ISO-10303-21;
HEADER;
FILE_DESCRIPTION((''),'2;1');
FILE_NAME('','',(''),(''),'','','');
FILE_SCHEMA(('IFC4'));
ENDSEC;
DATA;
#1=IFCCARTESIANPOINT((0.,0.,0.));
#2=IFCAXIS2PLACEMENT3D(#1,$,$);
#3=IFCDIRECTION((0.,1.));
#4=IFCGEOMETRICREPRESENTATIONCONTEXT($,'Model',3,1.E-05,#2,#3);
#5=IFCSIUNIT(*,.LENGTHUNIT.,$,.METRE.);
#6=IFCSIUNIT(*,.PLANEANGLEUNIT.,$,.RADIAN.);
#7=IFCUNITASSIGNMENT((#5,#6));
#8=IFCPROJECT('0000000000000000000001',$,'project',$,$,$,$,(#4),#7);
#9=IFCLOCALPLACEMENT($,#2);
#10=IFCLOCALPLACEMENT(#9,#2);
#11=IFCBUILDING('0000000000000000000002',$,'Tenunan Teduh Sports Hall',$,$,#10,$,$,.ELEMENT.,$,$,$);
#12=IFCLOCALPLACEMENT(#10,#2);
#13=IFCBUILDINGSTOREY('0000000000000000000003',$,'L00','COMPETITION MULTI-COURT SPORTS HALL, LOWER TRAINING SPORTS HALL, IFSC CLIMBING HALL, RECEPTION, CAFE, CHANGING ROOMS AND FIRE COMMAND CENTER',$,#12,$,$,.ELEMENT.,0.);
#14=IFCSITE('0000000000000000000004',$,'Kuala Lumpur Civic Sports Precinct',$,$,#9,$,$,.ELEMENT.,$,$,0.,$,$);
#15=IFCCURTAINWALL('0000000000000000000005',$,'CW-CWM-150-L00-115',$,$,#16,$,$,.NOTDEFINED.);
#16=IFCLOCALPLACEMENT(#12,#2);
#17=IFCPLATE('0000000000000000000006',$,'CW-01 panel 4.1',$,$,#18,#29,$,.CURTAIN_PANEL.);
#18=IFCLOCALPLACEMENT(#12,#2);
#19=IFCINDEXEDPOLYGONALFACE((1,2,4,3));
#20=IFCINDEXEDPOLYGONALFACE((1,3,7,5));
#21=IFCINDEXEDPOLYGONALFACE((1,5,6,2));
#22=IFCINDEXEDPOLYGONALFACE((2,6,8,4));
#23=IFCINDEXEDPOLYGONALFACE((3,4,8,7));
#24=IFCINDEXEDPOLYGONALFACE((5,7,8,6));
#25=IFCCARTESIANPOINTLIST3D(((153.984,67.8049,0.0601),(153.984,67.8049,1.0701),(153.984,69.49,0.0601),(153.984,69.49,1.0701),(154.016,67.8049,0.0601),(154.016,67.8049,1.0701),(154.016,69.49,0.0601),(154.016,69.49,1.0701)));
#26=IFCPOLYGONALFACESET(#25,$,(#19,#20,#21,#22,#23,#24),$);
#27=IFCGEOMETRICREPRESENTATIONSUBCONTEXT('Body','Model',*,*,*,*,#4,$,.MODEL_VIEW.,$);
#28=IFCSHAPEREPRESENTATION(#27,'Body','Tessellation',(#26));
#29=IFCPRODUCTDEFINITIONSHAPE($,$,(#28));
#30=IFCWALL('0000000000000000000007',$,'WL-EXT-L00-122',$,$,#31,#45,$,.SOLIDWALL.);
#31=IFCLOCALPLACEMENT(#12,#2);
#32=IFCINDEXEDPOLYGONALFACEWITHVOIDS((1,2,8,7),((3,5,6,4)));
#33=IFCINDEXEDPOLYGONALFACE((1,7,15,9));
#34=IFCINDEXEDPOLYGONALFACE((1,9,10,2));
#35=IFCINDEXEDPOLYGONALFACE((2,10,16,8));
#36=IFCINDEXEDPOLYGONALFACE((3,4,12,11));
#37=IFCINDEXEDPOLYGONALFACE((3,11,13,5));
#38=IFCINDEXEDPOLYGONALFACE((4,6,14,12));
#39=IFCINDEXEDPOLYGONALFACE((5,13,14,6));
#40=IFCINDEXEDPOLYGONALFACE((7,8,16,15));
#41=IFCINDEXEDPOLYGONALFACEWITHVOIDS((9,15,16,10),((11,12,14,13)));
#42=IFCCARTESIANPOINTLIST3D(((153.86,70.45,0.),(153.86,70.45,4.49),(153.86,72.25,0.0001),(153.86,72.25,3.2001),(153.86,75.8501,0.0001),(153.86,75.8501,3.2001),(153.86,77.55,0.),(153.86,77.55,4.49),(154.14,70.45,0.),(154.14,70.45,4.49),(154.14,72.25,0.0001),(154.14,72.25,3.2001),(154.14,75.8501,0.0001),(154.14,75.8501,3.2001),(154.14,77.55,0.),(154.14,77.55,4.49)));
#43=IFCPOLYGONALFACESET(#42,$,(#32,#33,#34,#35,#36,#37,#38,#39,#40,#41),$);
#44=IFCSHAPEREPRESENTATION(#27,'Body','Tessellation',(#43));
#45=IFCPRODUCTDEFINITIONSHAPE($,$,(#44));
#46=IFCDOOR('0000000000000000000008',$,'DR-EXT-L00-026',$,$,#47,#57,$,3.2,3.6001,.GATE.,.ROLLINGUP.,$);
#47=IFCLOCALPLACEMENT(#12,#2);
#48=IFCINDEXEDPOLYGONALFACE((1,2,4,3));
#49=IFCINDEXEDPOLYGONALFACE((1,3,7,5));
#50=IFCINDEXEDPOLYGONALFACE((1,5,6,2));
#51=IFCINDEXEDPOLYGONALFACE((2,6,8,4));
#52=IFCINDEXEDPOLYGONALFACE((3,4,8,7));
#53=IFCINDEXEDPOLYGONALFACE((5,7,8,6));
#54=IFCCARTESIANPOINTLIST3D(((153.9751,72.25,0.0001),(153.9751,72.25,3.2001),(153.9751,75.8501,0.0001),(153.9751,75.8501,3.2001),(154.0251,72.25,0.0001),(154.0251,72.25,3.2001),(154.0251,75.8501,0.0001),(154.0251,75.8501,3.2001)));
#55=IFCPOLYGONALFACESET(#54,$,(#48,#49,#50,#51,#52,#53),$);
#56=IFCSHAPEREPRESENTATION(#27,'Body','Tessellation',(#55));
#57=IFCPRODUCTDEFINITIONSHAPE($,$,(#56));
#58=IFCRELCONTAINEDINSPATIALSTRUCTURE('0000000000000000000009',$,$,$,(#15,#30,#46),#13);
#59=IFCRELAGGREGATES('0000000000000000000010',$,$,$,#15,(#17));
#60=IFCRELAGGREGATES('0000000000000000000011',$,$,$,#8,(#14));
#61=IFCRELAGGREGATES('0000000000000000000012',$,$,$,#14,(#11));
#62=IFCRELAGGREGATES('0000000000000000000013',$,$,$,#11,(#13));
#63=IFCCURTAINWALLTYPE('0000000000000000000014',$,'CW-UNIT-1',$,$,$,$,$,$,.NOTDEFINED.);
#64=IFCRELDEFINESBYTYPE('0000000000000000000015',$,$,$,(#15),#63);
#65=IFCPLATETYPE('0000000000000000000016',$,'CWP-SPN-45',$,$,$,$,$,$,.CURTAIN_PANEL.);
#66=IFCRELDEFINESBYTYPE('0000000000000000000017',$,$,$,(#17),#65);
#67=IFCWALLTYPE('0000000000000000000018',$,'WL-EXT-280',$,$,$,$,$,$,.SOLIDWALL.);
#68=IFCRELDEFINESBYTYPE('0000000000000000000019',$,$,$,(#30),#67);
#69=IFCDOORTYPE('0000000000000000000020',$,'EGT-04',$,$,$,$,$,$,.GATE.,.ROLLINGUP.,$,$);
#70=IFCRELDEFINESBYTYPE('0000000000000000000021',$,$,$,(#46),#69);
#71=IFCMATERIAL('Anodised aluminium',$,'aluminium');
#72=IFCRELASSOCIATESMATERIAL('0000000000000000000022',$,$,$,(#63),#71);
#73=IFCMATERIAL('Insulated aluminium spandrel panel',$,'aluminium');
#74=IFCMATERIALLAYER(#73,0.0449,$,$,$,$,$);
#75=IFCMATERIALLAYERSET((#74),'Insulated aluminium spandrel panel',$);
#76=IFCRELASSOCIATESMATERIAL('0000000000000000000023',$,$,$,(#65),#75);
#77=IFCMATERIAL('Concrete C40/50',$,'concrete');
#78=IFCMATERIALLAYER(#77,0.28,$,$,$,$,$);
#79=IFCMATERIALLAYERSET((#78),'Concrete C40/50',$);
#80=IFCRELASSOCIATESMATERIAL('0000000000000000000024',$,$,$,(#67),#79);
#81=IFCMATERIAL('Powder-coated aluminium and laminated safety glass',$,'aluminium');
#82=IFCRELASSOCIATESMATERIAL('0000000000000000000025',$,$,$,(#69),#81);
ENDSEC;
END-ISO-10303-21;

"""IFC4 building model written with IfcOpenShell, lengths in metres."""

from ifc_helpers import new_model, si_unit, direction, frame, frame_2d, origin, origin_2d, place, context, subcontext, project, spatial, rectangle, extrude, material, layer, layer_set, type_object, element, fill, aggregate, save


model = new_model("IFC4")

# Units and contexts
model_context = context("Model", 3, precision=1e-05, world=origin(), true_north=direction((0.0, 1.0)))
body_context = subcontext(model_context, "Body", "Model", "MODEL_VIEW")
ifc_project = project(units=[si_unit("LENGTHUNIT", "METRE"), si_unit("PLANEANGLEUNIT", "RADIAN")], contexts=[model_context])

# Site, building, storey
site_placement = place(None, origin())
site = spatial("IfcSite", under=ifc_project, at=site_placement, Name="Kuala Lumpur Civic Sports Precinct", CompositionType="ELEMENT", RefElevation=0.0)
building_placement = place(site_placement, origin())
building = spatial("IfcBuilding", under=site, at=building_placement, Name="Tenunan Teduh Sports Hall", CompositionType="ELEMENT")
storey_placement = place(building_placement, origin())
storey = spatial("IfcBuildingStorey", under=building, at=storey_placement, Name="L00", Description="COMPETITION MULTI-COURT SPORTS HALL, LOWER TRAINING SPORTS HALL, IFSC CLIMBING HALL, RECEPTION, CAFE, CHANGING ROOMS AND FIRE COMMAND CENTER", CompositionType="ELEMENT", Elevation=0.0)

# Curtain wall
ifc_material_1 = material(Name="Anodised aluminium", Category="aluminium")
curtain_wall_type = type_object("IfcCurtainWallType", Name="CW-UNIT-1", PredefinedType="NOTDEFINED", material=ifc_material_1)
curtain_wall_placement = place(storey_placement, origin())
curtain_wall = element("IfcCurtainWall", 1, at=curtain_wall_placement, inside=storey, type_object=curtain_wall_type, Name="CW-CWM-150-L00-115", PredefinedType="NOTDEFINED")

# Plate
ifc_material_2 = material(Name="Insulated aluminium spandrel panel", Category="aluminium")
ifc_layer_1 = layer(ifc_material_2, 0.0449)
ifc_layer_set_1 = layer_set([ifc_layer_1], Name="Insulated aluminium spandrel panel")
plate_type_1 = type_object("IfcPlateType", Name="CWP-SPN-45", PredefinedType="CURTAIN_PANEL", material=ifc_layer_set_1)
plate_1_placement = place(storey_placement, frame((154.0, 68.6475, 0.0601), z_axis=(0.0, 0.0, 1.0), x_axis=(0.0, 1.0, 0.0)))
plate_1 = element("IfcPlate", 2, at=plate_1_placement, type_object=plate_type_1, Name="CW-01 panel 4.1", PredefinedType="CURTAIN_PANEL", context=body_context, shape_type="SweptSolid", body=[
    extrude(rectangle(XDim=1.6851, YDim=0.032, at=origin_2d()), origin(), (0.0, 0.0, 1.0), 1.01),
])
aggregate(curtain_wall, [plate_1])

# Wall, opening, door
ifc_material_3 = material(Name="Concrete C40/50", Category="concrete")
ifc_layer_2 = layer(ifc_material_3, 0.28)
ifc_layer_set_2 = layer_set([ifc_layer_2], Name="Concrete C40/50")
wall_type = type_object("IfcWallType", Name="WL-EXT-280", PredefinedType="SOLIDWALL", material=ifc_layer_set_2)
wall_placement = place(storey_placement, frame((154.0, 70.45, 0.0), z_axis=(0.0, 0.0, 1.0), x_axis=(0.0, 1.0, 0.0)))
wall = element("IfcWall", 3, at=wall_placement, inside=storey, type_object=wall_type, Name="WL-EXT-L00-122", PredefinedType="SOLIDWALL", context=body_context, shape_type="SweptSolid", body=[
    extrude(rectangle(XDim=7.1001, YDim=0.28, at=frame_2d((3.55, 0.0))), origin(), (0.0, 0.0, 1.0), 4.49),
])
opening_placement = place(wall_placement, frame((1.8, 0.0, 0.0)))
opening = element("IfcOpeningElement", 4, at=opening_placement, cuts=wall, PredefinedType="OPENING", context=body_context, shape_type="SweptSolid", body=[
    extrude(rectangle(XDim=3.6001, YDim=3.2, at=frame_2d((1.8, 1.6001))), frame((0.0, 0.1499, 0.0), z_axis=(0.0, -1.0, 0.0), x_axis=(1.0, 0.0, 0.0)), (0.0, 0.0, 1.0), 0.3),
])
ifc_material_4 = material(Name="Powder-coated aluminium and laminated safety glass", Category="aluminium")
door_type = type_object("IfcDoorType", Name="EGT-04", OperationType="ROLLINGUP", PredefinedType="GATE", material=ifc_material_4)
door_placement = place(opening_placement, origin())
door = element("IfcDoor", 5, at=door_placement, inside=storey, type_object=door_type, Name="DR-EXT-L00-026", OperationType="ROLLINGUP", OverallHeight=3.2, OverallWidth=3.6001, PredefinedType="GATE", context=body_context, shape_type="SweptSolid", body=[
    extrude(rectangle(XDim=3.6001, YDim=3.2, at=frame_2d((1.8, 1.6001))), frame((0.0, 0.0249, 0.0), z_axis=(0.0, -1.0, 0.0), x_axis=(1.0, 0.0, 0.0)), (0.0, 0.0, 1.0), 0.05),
])
fill(opening, door)

save(model, "model.ifc")
